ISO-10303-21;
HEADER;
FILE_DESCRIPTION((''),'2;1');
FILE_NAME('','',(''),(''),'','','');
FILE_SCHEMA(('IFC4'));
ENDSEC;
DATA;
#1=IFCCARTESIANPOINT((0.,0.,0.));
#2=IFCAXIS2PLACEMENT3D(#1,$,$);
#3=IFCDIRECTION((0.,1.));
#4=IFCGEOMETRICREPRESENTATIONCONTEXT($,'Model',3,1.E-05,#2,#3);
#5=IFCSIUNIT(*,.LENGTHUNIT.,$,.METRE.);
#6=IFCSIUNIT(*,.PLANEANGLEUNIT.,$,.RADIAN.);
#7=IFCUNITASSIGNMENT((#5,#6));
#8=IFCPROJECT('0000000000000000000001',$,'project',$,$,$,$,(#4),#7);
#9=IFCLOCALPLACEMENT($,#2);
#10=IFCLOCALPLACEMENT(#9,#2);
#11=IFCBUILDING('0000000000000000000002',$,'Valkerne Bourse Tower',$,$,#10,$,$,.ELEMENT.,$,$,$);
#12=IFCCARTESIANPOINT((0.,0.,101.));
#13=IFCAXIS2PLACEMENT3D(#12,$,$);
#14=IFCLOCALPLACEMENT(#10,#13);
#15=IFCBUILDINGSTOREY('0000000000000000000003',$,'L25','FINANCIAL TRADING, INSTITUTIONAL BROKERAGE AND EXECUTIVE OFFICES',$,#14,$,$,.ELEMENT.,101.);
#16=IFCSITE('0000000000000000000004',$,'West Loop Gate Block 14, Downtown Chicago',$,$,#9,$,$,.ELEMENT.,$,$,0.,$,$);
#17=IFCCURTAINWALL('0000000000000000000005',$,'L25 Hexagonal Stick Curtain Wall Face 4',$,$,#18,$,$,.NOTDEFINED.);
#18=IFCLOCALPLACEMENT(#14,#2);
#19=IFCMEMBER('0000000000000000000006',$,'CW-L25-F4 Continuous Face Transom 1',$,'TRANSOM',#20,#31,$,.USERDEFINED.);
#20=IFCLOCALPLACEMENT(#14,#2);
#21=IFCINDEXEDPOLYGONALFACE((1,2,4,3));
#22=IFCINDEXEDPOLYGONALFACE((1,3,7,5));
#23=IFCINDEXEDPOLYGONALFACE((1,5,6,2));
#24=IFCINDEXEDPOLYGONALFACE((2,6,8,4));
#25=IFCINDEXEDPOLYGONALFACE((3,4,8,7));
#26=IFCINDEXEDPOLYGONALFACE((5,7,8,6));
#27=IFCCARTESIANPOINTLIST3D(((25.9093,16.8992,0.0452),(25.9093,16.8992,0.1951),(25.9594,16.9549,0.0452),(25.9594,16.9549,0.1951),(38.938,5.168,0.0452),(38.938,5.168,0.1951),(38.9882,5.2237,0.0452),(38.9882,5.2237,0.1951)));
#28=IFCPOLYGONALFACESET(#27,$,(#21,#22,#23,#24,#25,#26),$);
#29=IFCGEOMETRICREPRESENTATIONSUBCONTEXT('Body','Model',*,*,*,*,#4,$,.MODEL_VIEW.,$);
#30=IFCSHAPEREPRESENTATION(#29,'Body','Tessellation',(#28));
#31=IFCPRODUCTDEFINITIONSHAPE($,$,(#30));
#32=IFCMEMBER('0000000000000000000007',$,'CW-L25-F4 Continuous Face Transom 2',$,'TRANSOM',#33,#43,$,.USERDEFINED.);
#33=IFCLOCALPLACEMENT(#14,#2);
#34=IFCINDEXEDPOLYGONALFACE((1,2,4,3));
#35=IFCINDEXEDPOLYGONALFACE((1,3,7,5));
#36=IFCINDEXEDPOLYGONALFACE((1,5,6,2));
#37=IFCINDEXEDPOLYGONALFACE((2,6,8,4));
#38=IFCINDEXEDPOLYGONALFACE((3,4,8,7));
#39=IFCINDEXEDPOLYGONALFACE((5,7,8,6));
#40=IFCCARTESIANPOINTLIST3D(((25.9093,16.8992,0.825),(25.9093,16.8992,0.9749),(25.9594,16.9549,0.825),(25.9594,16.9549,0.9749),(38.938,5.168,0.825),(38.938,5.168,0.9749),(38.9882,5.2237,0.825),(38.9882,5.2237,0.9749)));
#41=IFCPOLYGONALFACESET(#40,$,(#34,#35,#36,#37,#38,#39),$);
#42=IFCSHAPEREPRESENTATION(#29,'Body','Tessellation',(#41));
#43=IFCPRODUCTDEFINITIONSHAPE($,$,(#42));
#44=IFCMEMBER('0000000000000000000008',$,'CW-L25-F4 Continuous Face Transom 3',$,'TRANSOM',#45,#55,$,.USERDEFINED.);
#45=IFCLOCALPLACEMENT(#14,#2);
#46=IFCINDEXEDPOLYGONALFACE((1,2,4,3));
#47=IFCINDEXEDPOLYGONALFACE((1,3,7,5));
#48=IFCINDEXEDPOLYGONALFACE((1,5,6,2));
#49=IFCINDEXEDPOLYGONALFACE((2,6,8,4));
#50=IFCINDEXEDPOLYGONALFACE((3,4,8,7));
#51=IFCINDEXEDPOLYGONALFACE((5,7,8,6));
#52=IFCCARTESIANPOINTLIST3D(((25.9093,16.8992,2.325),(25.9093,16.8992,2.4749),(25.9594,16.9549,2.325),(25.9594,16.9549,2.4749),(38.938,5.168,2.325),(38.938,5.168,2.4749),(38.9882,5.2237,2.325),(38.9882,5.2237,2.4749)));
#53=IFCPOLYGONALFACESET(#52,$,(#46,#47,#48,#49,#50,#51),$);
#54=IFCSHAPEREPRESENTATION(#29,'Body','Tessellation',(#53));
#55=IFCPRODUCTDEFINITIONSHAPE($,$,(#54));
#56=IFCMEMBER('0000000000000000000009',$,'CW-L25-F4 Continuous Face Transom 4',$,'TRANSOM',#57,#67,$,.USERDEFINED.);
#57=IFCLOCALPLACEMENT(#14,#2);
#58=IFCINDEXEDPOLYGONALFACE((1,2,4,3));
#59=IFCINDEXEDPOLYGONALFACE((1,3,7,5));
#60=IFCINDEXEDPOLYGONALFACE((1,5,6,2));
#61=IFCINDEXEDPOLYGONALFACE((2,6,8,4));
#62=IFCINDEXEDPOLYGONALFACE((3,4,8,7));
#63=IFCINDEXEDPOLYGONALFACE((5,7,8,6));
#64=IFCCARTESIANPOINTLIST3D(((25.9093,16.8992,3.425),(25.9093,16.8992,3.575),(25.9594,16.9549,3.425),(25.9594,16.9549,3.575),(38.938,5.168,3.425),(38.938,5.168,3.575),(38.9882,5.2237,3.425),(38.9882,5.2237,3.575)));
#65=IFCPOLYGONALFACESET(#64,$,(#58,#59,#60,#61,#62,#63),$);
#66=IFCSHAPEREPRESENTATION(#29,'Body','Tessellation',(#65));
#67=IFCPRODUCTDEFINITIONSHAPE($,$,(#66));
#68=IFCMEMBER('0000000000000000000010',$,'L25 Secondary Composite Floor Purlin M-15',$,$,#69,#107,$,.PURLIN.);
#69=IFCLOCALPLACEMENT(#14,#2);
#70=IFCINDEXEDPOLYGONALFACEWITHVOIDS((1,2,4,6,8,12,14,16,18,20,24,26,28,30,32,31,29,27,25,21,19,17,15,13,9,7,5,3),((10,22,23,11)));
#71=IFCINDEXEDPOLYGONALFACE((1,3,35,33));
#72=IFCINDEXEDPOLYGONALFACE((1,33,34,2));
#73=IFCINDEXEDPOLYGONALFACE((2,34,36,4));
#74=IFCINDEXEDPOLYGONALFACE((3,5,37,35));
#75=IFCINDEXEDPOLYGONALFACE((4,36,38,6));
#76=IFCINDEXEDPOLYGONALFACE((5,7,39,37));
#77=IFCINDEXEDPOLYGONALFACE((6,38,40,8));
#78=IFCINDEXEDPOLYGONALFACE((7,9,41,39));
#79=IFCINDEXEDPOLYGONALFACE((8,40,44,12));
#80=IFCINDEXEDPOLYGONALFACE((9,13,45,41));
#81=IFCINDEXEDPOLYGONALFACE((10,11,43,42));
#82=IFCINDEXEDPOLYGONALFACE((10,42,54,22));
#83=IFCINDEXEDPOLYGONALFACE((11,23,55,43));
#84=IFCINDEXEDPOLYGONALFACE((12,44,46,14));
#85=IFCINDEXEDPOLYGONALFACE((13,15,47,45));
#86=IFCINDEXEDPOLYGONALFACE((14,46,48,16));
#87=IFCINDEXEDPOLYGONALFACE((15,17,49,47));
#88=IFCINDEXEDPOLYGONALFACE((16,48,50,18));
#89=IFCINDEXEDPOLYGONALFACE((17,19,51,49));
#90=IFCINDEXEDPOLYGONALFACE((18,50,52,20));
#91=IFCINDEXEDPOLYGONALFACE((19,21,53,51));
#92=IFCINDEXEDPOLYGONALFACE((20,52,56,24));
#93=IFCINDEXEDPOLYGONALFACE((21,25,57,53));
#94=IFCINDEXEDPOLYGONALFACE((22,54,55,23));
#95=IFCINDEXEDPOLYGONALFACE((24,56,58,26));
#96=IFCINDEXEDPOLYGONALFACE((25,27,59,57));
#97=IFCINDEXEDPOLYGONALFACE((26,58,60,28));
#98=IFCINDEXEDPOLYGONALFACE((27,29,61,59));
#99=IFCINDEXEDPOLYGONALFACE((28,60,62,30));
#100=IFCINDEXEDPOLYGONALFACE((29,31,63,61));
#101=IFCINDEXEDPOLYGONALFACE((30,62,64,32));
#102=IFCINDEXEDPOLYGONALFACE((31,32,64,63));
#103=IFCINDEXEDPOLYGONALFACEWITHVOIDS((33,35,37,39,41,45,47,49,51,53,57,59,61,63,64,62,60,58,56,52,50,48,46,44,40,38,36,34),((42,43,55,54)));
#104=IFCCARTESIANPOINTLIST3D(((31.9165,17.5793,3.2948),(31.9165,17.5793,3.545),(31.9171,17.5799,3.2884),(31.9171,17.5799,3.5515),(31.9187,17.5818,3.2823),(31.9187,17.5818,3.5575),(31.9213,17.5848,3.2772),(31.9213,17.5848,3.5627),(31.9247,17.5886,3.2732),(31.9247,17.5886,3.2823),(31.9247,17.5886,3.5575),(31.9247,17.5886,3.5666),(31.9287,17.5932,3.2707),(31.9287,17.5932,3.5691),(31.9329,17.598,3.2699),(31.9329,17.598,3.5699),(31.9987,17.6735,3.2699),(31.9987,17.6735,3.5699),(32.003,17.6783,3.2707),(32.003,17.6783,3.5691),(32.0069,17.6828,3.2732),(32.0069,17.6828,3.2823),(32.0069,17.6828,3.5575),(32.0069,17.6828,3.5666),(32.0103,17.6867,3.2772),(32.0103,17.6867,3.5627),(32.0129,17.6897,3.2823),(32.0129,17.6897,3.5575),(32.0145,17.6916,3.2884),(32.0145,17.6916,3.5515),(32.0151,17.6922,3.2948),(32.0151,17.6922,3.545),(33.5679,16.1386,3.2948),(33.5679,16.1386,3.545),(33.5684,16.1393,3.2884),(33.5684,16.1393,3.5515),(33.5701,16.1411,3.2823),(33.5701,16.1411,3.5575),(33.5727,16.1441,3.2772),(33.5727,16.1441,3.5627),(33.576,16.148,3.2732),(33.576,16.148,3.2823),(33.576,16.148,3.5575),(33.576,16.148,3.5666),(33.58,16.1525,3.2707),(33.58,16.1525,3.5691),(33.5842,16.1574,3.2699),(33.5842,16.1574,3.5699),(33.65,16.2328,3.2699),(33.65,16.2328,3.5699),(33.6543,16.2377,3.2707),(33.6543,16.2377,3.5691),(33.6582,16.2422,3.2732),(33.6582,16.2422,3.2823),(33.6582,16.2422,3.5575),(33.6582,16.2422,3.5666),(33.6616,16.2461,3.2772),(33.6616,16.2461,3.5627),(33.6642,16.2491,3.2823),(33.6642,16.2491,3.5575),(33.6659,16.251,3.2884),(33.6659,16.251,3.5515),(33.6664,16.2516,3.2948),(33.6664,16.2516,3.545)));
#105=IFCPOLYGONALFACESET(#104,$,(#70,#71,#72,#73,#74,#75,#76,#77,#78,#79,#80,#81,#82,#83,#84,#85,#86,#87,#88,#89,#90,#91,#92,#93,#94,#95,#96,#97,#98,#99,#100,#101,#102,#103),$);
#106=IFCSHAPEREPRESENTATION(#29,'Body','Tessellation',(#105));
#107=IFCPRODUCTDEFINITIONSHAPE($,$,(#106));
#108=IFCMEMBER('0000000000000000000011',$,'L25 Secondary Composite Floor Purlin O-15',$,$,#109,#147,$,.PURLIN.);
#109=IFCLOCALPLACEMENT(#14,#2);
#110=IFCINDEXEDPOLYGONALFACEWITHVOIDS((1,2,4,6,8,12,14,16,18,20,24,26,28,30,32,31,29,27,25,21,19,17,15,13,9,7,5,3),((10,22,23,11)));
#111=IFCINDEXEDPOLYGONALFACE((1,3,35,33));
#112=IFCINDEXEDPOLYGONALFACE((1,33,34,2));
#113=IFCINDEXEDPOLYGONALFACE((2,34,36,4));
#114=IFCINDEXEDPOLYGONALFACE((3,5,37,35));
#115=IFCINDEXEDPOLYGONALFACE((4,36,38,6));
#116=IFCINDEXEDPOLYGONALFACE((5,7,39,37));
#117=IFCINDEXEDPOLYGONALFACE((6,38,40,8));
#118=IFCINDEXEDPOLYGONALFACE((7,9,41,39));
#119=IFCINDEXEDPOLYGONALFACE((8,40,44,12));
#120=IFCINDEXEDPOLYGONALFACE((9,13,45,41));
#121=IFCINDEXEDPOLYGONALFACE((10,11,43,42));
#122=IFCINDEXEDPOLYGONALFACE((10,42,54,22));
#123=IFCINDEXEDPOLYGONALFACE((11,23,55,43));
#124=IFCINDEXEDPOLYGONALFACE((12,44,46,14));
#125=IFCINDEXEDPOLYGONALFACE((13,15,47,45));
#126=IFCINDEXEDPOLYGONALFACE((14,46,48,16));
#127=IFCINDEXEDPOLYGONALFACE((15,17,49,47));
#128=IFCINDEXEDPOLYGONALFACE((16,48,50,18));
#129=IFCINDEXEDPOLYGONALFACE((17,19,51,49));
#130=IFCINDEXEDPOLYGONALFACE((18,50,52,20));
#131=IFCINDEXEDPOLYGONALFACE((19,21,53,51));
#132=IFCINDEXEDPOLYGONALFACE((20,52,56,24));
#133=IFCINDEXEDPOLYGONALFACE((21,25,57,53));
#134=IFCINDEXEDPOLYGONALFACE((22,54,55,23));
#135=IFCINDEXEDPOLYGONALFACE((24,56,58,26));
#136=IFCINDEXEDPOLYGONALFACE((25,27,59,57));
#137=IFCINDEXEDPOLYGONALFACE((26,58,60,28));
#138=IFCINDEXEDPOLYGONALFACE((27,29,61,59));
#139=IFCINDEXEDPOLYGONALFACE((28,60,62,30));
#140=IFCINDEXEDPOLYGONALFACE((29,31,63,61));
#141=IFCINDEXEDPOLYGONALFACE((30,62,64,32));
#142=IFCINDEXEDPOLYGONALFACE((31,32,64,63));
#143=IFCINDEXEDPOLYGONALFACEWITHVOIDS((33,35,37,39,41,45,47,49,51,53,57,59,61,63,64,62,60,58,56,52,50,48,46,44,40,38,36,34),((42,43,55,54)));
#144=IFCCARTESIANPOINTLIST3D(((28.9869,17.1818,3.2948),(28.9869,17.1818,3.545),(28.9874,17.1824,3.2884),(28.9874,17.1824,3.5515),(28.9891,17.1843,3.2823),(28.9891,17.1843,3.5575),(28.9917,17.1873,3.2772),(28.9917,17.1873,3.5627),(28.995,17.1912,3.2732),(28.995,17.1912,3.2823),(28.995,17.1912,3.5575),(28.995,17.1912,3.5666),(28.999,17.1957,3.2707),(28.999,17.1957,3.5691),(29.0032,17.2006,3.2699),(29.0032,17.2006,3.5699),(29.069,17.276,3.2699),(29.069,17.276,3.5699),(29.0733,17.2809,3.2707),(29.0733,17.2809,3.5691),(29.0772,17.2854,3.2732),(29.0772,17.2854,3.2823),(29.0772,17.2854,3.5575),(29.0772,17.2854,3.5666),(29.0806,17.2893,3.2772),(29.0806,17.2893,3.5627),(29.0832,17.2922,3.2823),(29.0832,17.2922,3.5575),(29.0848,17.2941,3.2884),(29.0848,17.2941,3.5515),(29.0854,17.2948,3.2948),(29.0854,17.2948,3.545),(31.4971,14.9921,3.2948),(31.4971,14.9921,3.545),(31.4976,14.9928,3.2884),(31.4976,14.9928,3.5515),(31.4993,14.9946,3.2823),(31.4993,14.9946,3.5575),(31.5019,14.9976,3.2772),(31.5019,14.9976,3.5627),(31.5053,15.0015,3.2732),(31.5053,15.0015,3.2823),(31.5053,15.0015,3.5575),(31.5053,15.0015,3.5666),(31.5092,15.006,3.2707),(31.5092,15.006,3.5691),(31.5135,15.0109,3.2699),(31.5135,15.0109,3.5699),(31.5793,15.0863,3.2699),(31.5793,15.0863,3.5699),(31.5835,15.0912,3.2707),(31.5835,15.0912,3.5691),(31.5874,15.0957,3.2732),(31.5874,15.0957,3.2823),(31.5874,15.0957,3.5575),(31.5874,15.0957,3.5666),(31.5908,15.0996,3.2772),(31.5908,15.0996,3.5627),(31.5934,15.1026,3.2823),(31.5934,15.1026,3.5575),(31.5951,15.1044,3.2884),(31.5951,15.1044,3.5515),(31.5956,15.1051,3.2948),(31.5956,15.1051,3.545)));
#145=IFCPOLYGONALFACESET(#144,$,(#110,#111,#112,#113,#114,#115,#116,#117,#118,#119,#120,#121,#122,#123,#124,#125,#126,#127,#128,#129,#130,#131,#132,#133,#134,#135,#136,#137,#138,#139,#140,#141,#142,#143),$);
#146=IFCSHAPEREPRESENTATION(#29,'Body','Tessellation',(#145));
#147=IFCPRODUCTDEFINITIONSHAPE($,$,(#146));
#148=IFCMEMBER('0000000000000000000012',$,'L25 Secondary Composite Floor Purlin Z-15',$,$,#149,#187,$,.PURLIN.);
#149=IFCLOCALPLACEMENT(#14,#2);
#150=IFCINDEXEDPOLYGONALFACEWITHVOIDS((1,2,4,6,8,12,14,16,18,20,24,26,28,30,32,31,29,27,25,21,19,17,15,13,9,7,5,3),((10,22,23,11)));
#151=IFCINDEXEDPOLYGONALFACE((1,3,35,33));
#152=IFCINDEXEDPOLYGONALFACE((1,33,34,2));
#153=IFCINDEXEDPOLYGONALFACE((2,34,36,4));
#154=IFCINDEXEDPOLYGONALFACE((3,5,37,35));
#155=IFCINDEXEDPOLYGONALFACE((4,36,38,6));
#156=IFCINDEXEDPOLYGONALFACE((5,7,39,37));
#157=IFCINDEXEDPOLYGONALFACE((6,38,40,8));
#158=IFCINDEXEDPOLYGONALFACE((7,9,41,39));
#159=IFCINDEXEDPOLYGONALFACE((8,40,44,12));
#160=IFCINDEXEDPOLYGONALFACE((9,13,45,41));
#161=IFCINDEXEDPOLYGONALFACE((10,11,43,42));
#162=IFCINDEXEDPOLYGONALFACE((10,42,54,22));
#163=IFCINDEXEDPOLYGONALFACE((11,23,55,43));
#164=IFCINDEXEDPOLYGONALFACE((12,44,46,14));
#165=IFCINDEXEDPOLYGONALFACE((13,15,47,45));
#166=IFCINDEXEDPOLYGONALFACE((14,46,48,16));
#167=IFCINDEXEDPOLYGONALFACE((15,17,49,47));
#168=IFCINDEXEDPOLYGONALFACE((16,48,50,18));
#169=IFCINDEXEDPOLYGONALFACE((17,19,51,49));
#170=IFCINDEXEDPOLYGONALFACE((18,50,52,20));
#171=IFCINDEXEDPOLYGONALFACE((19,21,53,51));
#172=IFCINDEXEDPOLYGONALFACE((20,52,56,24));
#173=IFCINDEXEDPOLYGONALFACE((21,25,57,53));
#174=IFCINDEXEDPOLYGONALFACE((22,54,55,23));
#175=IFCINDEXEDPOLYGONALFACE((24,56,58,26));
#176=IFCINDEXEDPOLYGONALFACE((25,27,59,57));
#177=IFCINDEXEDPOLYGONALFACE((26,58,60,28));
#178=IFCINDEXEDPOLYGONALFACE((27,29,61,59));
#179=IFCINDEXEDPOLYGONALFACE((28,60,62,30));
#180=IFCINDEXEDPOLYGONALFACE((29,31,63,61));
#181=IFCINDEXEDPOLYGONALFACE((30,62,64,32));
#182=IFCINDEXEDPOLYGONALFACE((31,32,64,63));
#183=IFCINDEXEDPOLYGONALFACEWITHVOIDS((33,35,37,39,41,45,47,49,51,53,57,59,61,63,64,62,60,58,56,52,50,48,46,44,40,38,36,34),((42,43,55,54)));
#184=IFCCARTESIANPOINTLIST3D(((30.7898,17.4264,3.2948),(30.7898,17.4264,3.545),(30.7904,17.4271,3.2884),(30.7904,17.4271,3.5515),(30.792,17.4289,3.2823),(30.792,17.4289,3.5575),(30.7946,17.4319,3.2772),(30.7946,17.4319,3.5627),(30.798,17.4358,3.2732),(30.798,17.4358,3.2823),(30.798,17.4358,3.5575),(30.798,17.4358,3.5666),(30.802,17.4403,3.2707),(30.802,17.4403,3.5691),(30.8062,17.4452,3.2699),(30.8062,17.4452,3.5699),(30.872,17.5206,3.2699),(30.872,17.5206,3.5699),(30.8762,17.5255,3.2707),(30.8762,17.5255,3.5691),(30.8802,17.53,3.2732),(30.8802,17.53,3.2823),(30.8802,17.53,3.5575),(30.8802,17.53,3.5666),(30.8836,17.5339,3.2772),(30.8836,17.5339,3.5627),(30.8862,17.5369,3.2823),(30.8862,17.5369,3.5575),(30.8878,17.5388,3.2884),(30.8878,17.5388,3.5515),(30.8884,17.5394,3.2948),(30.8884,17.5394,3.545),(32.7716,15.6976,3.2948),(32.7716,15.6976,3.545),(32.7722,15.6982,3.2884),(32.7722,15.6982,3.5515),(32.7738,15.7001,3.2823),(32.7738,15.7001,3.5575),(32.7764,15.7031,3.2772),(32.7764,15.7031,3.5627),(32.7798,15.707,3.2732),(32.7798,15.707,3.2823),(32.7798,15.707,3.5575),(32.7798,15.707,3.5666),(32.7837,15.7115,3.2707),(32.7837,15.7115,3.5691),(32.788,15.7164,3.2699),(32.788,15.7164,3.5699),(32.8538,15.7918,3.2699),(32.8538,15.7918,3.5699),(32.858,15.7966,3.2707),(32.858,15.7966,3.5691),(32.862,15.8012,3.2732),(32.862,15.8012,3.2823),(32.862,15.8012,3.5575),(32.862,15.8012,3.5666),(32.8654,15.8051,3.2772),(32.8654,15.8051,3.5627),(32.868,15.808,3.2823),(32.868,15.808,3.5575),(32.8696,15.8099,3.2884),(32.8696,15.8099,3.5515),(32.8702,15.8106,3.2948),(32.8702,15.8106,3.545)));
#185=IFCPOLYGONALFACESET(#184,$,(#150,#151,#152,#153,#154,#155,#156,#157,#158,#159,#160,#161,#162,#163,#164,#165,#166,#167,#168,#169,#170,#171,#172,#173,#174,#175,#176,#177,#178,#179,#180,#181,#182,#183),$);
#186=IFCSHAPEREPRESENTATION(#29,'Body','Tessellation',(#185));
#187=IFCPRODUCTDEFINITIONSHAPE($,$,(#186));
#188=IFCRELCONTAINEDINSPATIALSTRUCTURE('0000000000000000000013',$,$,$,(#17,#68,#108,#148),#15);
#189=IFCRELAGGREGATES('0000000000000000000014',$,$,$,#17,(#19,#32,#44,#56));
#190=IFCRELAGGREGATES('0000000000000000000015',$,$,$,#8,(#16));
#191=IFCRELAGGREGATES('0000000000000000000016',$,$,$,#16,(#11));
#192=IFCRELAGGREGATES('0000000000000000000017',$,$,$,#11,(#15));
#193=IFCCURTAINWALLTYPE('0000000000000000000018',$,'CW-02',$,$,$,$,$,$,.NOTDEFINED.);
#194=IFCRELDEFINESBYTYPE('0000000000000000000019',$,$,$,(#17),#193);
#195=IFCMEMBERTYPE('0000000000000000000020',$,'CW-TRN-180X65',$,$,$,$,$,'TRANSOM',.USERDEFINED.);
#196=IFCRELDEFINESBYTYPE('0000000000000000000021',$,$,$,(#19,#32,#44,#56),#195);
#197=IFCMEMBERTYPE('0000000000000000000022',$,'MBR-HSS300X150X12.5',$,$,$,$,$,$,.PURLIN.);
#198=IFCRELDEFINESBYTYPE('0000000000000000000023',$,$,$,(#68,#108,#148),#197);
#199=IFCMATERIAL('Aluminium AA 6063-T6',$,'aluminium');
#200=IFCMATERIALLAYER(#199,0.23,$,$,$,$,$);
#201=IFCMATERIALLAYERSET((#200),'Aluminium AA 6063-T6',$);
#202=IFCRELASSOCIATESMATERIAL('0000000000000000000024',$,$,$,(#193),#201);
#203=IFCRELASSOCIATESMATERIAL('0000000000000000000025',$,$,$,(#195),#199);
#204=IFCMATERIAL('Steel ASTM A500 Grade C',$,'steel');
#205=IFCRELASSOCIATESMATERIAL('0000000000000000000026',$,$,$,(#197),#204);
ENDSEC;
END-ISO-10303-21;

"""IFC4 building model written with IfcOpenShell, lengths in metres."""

from ifc_helpers import new_model, si_unit, direction, frame, origin, origin_2d, place, context, subcontext, project, spatial, rectangle, hollow_rectangle, extrude, material, layer, layer_set, material_profile, profile_set, type_object, element, aggregate, save


model = new_model("IFC4")

# Units and contexts
model_context = context("Model", 3, precision=1e-05, world=origin(), true_north=direction((0.0, 1.0)))
body_context = subcontext(model_context, "Body", "Model", "MODEL_VIEW")
ifc_project = project(units=[si_unit("LENGTHUNIT", "METRE"), si_unit("PLANEANGLEUNIT", "RADIAN")], contexts=[model_context])

# Site, building, storey
site_placement = place(None, origin())
site = spatial("IfcSite", under=ifc_project, at=site_placement, Name="West Loop Gate Block 14, Downtown Chicago", CompositionType="ELEMENT", RefElevation=0.0)
building_placement = place(site_placement, origin())
building = spatial("IfcBuilding", under=site, at=building_placement, Name="Valkerne Bourse Tower", CompositionType="ELEMENT")
storey_placement = place(building_placement, frame((0.0, 0.0, 101.0)))
storey = spatial("IfcBuildingStorey", under=building, at=storey_placement, Name="L25", Description="FINANCIAL TRADING, INSTITUTIONAL BROKERAGE AND EXECUTIVE OFFICES", CompositionType="ELEMENT", Elevation=101.0)

# Curtain wall, members
ifc_material_1 = material(Name="Aluminium AA 6063-T6", Category="aluminium")
ifc_layer_1 = layer(ifc_material_1, 0.23)
ifc_layer_set_1 = layer_set([ifc_layer_1], Name="Aluminium AA 6063-T6")
curtain_wall_type = type_object("IfcCurtainWallType", Name="CW-02", PredefinedType="NOTDEFINED", material=ifc_layer_set_1)
curtain_wall_1_placement = place(storey_placement, origin())
curtain_wall_1 = element("IfcCurtainWall", 1, at=curtain_wall_1_placement, inside=storey, type_object=curtain_wall_type, Name="L25 Hexagonal Stick Curtain Wall Face 4", PredefinedType="NOTDEFINED")
ifc_material_profile_1 = material_profile(ifc_material_1, rectangle(XDim=0.075, YDim=0.1499, at=origin_2d()), Name="CWT-75X150")
ifc_profile_set_1 = profile_set([ifc_material_profile_1], Name="Aluminium AA 6063-T6")
member_type_1 = type_object("IfcMemberType", Name="CW-TRN-180X65", ElementType="TRANSOM", PredefinedType="USERDEFINED", material=ifc_profile_set_1)
member_1_placement = place(storey_placement, frame((25.9343, 16.927, 0.1201), z_axis=(0.743145, -0.669131, 0.0), x_axis=(0.669131, 0.743145, 0.0)))
member_1 = element("IfcMember", 2, at=member_1_placement, type_object=member_type_1, Name="CW-L25-F4 Continuous Face Transom 1", ObjectType="TRANSOM", PredefinedType="USERDEFINED", context=body_context, shape_type="SweptSolid", body=[
    extrude(rectangle(XDim=0.075, YDim=0.1499, at=origin_2d()), origin(), (0.0, 0.0, 1.0), 17.532),
])
member_2_placement = place(storey_placement, frame((25.9343, 16.927, 0.8999), z_axis=(0.743145, -0.669131, 0.0), x_axis=(0.669131, 0.743145, 0.0)))
member_2 = element("IfcMember", 3, at=member_2_placement, type_object=member_type_1, Name="CW-L25-F4 Continuous Face Transom 2", ObjectType="TRANSOM", PredefinedType="USERDEFINED", context=body_context, shape_type="SweptSolid", body=[
    extrude(rectangle(XDim=0.075, YDim=0.1499, at=origin_2d()), origin(), (0.0, 0.0, 1.0), 17.532),
])
member_3_placement = place(storey_placement, frame((25.9343, 16.927, 2.3999), z_axis=(0.743145, -0.669131, 0.0), x_axis=(0.669131, 0.743145, 0.0)))
member_3 = element("IfcMember", 4, at=member_3_placement, type_object=member_type_1, Name="CW-L25-F4 Continuous Face Transom 3", ObjectType="TRANSOM", PredefinedType="USERDEFINED", context=body_context, shape_type="SweptSolid", body=[
    extrude(rectangle(XDim=0.075, YDim=0.1499, at=origin_2d()), origin(), (0.0, 0.0, 1.0), 17.532),
])
member_4_placement = place(storey_placement, frame((25.9343, 16.927, 3.5), z_axis=(0.743145, -0.669131, 0.0), x_axis=(0.669131, 0.743145, 0.0)))
member_4 = element("IfcMember", 5, at=member_4_placement, type_object=member_type_1, Name="CW-L25-F4 Continuous Face Transom 4", ObjectType="TRANSOM", PredefinedType="USERDEFINED", context=body_context, shape_type="SweptSolid", body=[
    extrude(rectangle(XDim=0.075, YDim=0.1499, at=origin_2d()), origin(), (0.0, 0.0, 1.0), 17.532),
])
aggregate(curtain_wall_1, [member_1, member_2, member_3, member_4])

# Members
ifc_material_2 = material(Name="Steel ASTM A500 Grade C", Category="steel")
ifc_material_profile_2 = material_profile(ifc_material_2, hollow_rectangle(XDim=0.1499, YDim=0.3, WallThickness=0.0125, OuterFilletRadius=0.0249, at=origin_2d()), Name="HSS300X150X12.5")
ifc_profile_set_2 = profile_set([ifc_material_profile_2], Name="Steel ASTM A500 Grade C")
member_type_2 = type_object("IfcMemberType", Name="MBR-HSS300X150X12.5", PredefinedType="PURLIN", material=ifc_profile_set_2)
member_5_placement = place(storey_placement, frame((31.9658, 17.6357, 3.4199), z_axis=(0.753542, -0.6574, 0.0), x_axis=(0.6574, 0.753542, 0.0)))
element("IfcMember", 6, at=member_5_placement, inside=storey, type_object=member_type_2, Name="L25 Secondary Composite Floor Purlin M-15", PredefinedType="PURLIN", context=body_context, shape_type="SweptSolid", body=[
    extrude(hollow_rectangle(XDim=0.1499, YDim=0.3, WallThickness=0.0125, OuterFilletRadius=0.0249, at=origin_2d()), origin(), (0.0, 0.0, 1.0), 2.1914),
])
member_6_placement = place(storey_placement, frame((29.0361, 17.2383, 3.4199), z_axis=(0.753584, -0.657352, 0.0), x_axis=(0.657352, 0.753584, 0.0)))
element("IfcMember", 7, at=member_6_placement, inside=storey, type_object=member_type_2, Name="L25 Secondary Composite Floor Purlin O-15", PredefinedType="PURLIN", context=body_context, shape_type="SweptSolid", body=[
    extrude(hollow_rectangle(XDim=0.1499, YDim=0.3, WallThickness=0.0125, OuterFilletRadius=0.0249, at=origin_2d()), origin(), (0.0, 0.0, 1.0), 3.3311),
])
member_7_placement = place(storey_placement, frame((30.8391, 17.4829, 3.4199), z_axis=(0.753559, -0.65738, 0.0), x_axis=(0.65738, 0.753559, 0.0)))
element("IfcMember", 8, at=member_7_placement, inside=storey, type_object=member_type_2, Name="L25 Secondary Composite Floor Purlin Z-15", PredefinedType="PURLIN", context=body_context, shape_type="SweptSolid", body=[
    extrude(hollow_rectangle(XDim=0.1499, YDim=0.3, WallThickness=0.0125, OuterFilletRadius=0.0249, at=origin_2d()), origin(), (0.0, 0.0, 1.0), 2.6299),
])

save(model, "model.ifc")
